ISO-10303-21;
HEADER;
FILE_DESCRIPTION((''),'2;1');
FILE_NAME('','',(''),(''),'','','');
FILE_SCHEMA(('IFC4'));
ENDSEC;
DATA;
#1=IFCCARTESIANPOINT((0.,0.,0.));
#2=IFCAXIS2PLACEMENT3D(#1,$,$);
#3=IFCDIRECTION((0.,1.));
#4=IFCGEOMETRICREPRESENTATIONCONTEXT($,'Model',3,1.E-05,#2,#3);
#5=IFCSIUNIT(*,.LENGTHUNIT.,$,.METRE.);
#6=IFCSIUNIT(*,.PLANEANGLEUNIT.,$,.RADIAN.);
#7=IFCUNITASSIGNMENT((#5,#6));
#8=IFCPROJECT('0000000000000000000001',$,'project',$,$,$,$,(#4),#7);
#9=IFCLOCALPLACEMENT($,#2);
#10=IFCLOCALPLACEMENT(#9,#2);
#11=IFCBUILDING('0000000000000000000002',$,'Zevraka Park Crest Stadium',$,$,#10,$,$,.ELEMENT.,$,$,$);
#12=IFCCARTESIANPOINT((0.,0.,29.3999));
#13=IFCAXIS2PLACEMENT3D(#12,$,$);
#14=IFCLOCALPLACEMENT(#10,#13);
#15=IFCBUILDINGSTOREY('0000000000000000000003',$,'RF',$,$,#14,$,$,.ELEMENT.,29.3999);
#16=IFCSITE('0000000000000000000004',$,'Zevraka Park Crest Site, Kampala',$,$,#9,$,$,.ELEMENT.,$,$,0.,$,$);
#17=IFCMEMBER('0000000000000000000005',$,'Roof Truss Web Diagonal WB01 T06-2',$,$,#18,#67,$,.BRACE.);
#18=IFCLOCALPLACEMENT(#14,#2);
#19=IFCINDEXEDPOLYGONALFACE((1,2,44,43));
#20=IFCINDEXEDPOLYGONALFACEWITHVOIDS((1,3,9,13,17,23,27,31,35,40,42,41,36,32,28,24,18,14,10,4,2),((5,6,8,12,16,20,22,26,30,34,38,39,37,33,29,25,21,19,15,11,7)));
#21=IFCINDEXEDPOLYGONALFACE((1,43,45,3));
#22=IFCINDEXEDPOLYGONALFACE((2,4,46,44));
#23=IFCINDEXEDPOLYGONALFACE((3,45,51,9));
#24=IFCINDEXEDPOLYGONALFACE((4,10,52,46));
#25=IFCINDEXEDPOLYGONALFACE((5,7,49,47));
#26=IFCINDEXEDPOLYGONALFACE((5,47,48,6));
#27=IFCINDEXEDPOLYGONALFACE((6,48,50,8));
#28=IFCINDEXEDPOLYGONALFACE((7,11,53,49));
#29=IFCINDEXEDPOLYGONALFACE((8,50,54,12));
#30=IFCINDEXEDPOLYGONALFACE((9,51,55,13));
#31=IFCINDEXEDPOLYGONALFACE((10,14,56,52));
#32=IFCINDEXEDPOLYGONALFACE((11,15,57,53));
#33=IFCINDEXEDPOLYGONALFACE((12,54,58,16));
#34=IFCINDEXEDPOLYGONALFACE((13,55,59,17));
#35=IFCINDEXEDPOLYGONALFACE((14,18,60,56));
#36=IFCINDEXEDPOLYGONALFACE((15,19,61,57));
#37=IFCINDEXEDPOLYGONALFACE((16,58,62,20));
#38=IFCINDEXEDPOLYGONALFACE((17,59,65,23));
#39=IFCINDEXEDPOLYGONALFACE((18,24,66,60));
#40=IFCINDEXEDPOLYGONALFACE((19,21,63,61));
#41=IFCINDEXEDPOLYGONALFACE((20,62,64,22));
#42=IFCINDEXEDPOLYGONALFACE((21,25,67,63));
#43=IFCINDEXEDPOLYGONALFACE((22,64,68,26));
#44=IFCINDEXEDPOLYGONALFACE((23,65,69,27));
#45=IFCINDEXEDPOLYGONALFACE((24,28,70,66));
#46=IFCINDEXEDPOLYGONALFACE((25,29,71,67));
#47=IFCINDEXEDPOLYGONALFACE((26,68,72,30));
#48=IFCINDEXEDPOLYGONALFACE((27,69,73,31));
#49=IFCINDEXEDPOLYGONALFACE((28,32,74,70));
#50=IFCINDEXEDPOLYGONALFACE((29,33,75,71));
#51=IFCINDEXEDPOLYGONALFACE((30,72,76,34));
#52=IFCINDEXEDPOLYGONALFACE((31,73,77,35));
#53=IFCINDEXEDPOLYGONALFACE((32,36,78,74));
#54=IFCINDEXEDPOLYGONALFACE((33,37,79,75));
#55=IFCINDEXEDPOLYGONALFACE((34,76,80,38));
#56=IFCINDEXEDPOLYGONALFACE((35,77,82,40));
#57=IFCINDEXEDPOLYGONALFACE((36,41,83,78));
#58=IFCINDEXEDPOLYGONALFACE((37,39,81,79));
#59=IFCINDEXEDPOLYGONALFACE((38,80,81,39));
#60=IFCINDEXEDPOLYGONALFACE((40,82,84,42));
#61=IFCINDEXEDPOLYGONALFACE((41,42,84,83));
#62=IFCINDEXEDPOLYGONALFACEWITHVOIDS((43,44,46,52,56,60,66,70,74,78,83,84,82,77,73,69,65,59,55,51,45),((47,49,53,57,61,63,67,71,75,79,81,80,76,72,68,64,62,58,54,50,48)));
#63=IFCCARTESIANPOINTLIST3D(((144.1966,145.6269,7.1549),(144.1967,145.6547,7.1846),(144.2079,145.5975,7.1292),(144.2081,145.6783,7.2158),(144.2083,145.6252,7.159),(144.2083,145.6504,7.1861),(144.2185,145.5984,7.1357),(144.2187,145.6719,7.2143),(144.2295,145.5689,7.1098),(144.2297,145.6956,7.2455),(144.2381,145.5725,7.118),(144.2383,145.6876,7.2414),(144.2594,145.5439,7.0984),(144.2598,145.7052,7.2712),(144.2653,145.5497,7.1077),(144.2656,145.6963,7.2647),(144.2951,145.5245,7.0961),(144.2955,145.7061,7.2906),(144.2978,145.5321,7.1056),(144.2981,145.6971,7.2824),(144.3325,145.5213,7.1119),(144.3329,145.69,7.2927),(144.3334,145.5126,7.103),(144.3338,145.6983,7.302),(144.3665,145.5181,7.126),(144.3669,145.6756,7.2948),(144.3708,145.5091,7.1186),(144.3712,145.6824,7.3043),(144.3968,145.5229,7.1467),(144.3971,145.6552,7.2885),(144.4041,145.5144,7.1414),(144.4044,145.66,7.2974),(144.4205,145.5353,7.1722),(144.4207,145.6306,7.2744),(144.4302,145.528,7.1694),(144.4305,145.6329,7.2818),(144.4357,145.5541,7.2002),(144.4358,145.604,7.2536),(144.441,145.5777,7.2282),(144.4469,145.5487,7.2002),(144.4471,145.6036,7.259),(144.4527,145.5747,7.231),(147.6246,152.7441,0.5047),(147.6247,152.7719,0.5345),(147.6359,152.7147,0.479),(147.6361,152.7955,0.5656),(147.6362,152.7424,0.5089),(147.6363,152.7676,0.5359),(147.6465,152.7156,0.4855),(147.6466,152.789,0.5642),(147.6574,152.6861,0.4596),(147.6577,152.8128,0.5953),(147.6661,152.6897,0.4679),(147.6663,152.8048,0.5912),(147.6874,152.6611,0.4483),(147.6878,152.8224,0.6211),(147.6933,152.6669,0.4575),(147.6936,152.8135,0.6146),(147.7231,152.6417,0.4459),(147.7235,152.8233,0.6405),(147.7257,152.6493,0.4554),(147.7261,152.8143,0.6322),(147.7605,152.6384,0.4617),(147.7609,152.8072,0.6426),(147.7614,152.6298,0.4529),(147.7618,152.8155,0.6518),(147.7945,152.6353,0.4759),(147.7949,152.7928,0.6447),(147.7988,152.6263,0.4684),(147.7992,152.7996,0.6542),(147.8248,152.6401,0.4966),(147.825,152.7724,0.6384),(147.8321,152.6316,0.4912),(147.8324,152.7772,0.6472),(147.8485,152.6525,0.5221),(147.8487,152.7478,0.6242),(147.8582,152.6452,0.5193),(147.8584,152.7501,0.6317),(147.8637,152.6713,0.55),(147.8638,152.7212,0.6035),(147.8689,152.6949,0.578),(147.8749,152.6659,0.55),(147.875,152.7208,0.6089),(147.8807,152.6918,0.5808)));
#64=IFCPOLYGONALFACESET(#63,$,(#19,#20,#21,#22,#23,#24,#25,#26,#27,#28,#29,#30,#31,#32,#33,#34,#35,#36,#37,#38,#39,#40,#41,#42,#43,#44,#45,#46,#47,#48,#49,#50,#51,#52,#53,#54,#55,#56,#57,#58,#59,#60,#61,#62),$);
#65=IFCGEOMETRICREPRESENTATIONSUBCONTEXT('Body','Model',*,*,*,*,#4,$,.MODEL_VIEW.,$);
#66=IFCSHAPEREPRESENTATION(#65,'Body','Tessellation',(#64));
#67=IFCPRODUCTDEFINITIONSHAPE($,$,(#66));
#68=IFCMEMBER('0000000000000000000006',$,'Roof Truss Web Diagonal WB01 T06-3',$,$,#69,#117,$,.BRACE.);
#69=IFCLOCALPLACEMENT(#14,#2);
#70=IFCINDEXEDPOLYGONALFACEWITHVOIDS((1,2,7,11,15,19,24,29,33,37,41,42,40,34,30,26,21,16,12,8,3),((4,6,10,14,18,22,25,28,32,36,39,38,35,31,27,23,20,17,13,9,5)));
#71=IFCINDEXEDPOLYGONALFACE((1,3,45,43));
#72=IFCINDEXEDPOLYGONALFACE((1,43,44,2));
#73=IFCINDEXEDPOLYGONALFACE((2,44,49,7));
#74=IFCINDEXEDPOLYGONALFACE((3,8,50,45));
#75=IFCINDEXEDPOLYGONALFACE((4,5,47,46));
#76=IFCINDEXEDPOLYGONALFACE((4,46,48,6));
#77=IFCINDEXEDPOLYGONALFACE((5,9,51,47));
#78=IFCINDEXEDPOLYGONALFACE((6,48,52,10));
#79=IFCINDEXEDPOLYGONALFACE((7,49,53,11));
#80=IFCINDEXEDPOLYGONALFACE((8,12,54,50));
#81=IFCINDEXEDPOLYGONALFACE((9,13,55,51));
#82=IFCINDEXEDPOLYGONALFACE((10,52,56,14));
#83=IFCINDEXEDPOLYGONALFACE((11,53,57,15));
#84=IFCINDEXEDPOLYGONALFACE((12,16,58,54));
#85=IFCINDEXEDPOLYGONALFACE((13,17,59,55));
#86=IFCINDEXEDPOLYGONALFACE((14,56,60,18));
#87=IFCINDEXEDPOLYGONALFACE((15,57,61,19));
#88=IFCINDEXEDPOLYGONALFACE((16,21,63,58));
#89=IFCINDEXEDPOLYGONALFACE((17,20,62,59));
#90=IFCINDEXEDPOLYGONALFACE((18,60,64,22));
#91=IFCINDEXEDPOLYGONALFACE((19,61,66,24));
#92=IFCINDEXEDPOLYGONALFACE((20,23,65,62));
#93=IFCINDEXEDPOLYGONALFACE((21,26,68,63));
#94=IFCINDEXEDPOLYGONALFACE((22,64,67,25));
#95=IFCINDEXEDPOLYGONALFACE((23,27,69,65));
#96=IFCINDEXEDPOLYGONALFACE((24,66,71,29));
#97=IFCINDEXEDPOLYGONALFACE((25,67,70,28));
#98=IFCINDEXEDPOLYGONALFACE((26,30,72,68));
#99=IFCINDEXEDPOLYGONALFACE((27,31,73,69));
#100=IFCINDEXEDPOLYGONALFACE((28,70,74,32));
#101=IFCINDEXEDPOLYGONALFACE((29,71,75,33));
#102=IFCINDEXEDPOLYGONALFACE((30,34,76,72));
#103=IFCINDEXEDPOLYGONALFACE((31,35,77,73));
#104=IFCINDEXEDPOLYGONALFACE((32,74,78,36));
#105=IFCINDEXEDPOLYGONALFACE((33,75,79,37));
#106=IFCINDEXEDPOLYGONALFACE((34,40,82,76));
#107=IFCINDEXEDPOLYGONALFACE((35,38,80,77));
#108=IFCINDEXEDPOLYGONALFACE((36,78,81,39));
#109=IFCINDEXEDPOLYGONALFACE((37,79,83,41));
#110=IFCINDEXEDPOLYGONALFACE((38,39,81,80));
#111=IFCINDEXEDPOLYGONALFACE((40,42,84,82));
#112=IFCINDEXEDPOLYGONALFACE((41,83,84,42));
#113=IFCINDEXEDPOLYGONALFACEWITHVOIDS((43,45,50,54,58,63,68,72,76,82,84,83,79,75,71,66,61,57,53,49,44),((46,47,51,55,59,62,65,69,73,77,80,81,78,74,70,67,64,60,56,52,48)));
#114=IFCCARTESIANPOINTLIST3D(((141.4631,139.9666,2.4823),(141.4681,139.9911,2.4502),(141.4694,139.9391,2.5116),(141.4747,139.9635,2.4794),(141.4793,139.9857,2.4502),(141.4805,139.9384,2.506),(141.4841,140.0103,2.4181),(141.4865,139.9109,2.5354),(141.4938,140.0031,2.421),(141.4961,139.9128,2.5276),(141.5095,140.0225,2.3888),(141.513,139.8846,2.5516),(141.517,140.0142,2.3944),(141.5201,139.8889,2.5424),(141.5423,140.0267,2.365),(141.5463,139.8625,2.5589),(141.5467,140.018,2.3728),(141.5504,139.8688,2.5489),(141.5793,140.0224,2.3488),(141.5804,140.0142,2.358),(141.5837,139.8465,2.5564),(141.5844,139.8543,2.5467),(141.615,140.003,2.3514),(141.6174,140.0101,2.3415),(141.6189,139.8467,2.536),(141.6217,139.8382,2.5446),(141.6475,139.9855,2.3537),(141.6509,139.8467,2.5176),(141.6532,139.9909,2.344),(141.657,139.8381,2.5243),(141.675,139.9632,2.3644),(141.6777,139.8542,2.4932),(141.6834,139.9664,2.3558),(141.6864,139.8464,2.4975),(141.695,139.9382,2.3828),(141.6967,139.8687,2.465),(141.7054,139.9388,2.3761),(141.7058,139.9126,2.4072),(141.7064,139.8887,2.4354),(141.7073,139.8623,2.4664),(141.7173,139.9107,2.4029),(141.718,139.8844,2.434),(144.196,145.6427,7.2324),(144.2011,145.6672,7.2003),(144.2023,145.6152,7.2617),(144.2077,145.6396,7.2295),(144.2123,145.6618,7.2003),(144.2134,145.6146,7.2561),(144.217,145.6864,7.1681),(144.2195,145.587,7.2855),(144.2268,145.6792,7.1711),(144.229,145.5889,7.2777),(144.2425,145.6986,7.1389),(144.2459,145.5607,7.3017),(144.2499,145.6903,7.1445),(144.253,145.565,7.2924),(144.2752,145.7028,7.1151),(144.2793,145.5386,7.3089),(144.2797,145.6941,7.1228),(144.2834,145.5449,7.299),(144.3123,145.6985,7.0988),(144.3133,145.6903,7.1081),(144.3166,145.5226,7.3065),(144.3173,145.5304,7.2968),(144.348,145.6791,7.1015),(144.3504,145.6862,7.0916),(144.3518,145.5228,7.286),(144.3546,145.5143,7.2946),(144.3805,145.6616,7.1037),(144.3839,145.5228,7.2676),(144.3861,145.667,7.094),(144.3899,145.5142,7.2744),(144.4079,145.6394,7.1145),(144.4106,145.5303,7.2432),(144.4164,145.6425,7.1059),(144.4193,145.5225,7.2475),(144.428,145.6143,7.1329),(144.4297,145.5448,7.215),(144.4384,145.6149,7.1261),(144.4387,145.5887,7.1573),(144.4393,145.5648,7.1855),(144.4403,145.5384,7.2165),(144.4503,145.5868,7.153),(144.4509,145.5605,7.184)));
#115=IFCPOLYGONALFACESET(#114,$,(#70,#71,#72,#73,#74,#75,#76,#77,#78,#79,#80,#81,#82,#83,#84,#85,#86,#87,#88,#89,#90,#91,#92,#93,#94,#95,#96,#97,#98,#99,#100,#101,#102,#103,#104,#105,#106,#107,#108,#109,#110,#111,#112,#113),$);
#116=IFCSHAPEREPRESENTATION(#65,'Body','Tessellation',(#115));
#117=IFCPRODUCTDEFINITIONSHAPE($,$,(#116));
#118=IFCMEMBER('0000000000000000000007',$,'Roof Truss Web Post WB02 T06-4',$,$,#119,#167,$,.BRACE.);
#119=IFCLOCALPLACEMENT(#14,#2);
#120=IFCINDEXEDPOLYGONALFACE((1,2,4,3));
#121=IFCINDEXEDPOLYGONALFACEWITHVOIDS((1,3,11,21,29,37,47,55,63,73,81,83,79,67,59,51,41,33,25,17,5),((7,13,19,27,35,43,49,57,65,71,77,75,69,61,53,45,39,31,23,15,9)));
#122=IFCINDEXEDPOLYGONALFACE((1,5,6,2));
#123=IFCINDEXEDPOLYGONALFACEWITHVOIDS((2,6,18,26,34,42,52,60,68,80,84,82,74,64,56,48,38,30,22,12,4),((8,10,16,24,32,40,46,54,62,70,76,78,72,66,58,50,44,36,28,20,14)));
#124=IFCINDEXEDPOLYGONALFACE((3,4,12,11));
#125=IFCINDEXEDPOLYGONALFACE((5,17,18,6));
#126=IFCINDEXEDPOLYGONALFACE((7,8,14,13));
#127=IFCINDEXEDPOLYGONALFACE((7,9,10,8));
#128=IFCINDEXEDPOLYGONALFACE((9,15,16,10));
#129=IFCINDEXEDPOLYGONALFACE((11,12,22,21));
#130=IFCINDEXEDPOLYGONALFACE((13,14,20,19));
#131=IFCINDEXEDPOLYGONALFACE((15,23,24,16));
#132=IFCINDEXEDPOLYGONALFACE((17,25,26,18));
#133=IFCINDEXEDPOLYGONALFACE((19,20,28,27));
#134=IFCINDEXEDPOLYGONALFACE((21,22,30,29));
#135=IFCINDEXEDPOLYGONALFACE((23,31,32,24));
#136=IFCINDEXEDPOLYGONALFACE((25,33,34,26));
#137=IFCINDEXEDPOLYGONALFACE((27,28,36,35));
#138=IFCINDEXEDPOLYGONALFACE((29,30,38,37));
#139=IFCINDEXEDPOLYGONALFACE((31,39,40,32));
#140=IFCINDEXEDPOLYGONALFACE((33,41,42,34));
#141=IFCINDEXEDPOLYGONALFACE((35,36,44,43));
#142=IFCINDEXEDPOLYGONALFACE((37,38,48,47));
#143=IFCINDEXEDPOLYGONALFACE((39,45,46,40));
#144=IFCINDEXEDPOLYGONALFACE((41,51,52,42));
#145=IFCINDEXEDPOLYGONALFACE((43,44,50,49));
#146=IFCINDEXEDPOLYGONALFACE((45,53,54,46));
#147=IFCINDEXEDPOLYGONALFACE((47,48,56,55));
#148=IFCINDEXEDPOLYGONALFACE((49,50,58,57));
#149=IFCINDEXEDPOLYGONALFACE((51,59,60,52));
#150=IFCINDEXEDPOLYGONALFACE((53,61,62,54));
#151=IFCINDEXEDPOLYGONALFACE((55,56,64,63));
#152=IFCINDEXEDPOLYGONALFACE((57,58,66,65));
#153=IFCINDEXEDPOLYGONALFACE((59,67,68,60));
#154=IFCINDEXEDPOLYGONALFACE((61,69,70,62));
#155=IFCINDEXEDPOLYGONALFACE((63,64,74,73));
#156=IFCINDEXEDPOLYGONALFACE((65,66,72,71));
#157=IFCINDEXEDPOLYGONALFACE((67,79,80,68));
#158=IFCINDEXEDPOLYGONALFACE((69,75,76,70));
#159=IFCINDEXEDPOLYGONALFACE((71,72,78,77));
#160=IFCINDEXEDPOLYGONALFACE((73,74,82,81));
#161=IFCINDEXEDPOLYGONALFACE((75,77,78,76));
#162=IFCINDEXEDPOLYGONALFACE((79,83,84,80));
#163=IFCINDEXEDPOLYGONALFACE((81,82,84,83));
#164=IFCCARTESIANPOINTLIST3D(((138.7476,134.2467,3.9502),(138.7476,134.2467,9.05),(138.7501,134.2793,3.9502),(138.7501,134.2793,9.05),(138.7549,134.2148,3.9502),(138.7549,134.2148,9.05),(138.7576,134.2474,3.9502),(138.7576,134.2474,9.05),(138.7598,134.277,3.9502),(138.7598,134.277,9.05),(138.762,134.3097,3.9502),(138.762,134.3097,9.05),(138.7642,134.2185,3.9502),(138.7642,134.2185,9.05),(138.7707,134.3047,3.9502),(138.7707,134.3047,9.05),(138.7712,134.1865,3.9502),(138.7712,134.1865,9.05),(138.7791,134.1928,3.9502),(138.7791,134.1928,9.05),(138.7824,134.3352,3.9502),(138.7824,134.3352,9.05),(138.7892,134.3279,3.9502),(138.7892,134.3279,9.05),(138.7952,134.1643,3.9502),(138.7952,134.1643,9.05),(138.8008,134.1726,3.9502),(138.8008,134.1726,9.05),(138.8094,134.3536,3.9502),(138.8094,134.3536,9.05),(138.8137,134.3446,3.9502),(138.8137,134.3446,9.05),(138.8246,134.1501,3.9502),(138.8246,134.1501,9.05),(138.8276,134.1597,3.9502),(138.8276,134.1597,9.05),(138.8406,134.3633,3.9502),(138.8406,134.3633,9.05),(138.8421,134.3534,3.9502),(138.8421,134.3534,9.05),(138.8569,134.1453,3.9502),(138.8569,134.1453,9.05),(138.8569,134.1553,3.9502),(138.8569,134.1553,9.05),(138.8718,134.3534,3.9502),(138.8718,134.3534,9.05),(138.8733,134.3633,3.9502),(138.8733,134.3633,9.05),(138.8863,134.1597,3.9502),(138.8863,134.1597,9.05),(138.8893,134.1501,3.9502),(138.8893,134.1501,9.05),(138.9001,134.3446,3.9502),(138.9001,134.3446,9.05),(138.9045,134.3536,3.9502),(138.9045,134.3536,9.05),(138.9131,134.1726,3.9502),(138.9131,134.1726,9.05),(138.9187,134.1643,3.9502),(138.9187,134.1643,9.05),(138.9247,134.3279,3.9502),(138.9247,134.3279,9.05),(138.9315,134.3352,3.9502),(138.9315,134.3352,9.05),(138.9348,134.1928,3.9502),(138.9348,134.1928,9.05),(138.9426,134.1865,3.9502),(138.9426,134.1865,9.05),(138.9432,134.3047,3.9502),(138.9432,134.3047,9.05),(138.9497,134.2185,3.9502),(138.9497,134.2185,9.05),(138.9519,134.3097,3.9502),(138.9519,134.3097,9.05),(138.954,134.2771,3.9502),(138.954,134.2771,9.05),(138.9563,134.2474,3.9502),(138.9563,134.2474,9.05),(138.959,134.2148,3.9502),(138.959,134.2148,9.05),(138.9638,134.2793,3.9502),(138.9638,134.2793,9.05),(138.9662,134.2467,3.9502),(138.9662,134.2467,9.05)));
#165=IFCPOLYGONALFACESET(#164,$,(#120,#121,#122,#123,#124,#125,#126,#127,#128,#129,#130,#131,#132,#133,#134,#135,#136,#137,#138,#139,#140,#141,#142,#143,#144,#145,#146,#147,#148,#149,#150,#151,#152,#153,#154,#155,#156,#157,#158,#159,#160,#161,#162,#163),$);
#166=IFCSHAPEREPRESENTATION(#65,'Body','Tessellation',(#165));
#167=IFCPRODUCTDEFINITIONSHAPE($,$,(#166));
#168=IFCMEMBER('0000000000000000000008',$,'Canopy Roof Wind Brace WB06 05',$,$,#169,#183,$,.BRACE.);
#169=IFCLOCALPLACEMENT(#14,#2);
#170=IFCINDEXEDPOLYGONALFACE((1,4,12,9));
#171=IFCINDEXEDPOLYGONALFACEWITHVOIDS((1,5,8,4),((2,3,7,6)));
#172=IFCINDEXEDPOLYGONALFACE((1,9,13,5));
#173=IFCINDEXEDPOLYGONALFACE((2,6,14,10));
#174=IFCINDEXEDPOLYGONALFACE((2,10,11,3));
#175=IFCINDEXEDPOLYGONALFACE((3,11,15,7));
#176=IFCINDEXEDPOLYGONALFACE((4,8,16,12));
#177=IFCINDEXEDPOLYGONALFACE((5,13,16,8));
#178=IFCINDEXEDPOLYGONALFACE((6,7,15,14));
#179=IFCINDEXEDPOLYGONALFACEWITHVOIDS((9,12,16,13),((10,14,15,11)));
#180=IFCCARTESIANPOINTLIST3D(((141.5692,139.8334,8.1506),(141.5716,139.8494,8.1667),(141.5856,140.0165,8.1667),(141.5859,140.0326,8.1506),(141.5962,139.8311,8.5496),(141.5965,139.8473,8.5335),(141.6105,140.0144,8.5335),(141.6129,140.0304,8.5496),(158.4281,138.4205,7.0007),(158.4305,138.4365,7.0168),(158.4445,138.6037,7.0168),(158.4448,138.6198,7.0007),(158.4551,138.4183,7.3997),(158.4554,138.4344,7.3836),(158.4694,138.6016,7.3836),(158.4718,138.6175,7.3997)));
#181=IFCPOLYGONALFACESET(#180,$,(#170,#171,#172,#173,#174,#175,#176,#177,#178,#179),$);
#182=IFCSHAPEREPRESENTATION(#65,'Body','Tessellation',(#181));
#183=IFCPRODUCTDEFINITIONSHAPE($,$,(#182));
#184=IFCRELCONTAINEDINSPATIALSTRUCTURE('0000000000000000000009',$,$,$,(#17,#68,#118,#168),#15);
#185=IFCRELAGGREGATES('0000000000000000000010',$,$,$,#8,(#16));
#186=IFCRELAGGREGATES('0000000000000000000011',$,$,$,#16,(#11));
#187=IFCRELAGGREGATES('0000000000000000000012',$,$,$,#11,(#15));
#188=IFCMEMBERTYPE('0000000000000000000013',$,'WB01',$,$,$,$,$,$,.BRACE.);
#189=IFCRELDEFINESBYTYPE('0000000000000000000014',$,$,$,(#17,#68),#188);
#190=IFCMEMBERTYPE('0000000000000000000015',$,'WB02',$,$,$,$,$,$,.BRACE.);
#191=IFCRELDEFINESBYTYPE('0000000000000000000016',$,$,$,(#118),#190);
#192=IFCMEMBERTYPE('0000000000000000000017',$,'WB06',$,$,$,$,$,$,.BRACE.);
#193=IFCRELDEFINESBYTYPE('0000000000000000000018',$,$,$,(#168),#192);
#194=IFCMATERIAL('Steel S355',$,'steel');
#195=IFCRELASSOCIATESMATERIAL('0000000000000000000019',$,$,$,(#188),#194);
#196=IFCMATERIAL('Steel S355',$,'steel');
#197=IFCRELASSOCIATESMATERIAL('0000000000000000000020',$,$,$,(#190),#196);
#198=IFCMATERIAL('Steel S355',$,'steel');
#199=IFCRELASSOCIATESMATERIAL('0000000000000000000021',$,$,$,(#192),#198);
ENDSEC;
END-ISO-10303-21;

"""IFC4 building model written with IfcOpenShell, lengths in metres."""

from ifc_helpers import new_model, si_unit, direction, frame, origin, origin_2d, place, context, subcontext, project, spatial, hollow_rectangle, hollow_circle, extrude, material, material_profile, profile_set, type_object, element, save


model = new_model("IFC4")

# Units and contexts
model_context = context("Model", 3, precision=1e-05, world=origin(), true_north=direction((0.0, 1.0)))
body_context = subcontext(model_context, "Body", "Model", "MODEL_VIEW")
ifc_project = project(units=[si_unit("LENGTHUNIT", "METRE"), si_unit("PLANEANGLEUNIT", "RADIAN")], contexts=[model_context])

# Site, building, storey
site_placement = place(None, origin())
site = spatial("IfcSite", under=ifc_project, at=site_placement, Name="Zevraka Park Crest Site, Kampala", CompositionType="ELEMENT", RefElevation=0.0)
building_placement = place(site_placement, origin())
building = spatial("IfcBuilding", under=site, at=building_placement, Name="Zevraka Park Crest Stadium", CompositionType="ELEMENT")
storey_placement = place(building_placement, frame((0.0, 0.0, 29.3999)))
storey = spatial("IfcBuildingStorey", under=building, at=storey_placement, Name="RF", CompositionType="ELEMENT", Elevation=29.3999)

# Members
ifc_material_1 = material(Name="Steel S355", Category="steel")
ifc_material_profile_1 = material_profile(ifc_material_1, hollow_circle(Radius=0.1365, WallThickness=0.0125, at=origin_2d()), Name="CHS 273.0x12.5")
ifc_profile_set_1 = profile_set([ifc_material_profile_1], Name="Steel S355")
member_type_1 = type_object("IfcMemberType", Name="WB01", PredefinedType="BRACE", material=ifc_profile_set_1)
member_1_placement = place(storey_placement, frame((147.752, 152.7251, 0.55), z_axis=(-0.33197, -0.689238, 0.644009), x_axis=(0.900943, -0.433937, 0.0)))
element("IfcMember", 1, at=member_1_placement, inside=storey, type_object=member_type_1, Name="Roof Truss Web Diagonal WB01 T06-2", PredefinedType="BRACE", context=body_context, shape_type="SweptSolid", body=[
    extrude(hollow_circle(Radius=0.1365, WallThickness=0.0125, at=origin_2d()), origin(), (0.0, 0.0, 1.0), 10.3262),
])
member_2_placement = place(storey_placement, frame((141.5911, 139.9319, 2.4502), z_axis=(0.346386, 0.719415, 0.602045), x_axis=(-0.901001, 0.433817, 0.0)))
element("IfcMember", 2, at=member_2_placement, inside=storey, type_object=member_type_1, Name="Roof Truss Web Diagonal WB01 T06-3", PredefinedType="BRACE", context=body_context, shape_type="SweptSolid", body=[
    extrude(hollow_circle(Radius=0.1365, WallThickness=0.0125, at=origin_2d()), origin(), (0.0, 0.0, 1.0), 7.8899),
])
ifc_material_2 = material(Name="Steel S355", Category="steel")
ifc_material_profile_2 = material_profile(ifc_material_2, hollow_circle(Radius=0.1096, WallThickness=0.01, at=origin_2d()), Name="CHS 219.1x10")
ifc_profile_set_2 = profile_set([ifc_material_profile_2], Name="Steel S355")
member_type_2 = type_object("IfcMemberType", Name="WB02", PredefinedType="BRACE", material=ifc_profile_set_2)
member_3_placement = place(storey_placement, frame((138.8569, 134.2549, 3.9502), z_axis=(0.0, 0.0, 1.0), x_axis=(0.433816, 0.901001, 0.0)))
element("IfcMember", 3, at=member_3_placement, inside=storey, type_object=member_type_2, Name="Roof Truss Web Post WB02 T06-4", PredefinedType="BRACE", context=body_context, shape_type="SweptSolid", body=[
    extrude(hollow_circle(Radius=0.1096, WallThickness=0.01, at=origin_2d()), origin(), (0.0, 0.0, 1.0), 5.0999),
])
ifc_material_3 = material(Name="Steel S355", Category="steel")
ifc_material_profile_3 = material_profile(ifc_material_3, hollow_rectangle(XDim=0.2, YDim=0.3999, WallThickness=0.0161, at=origin_2d()), Name="RHS 400x200x16")
ifc_profile_set_3 = profile_set([ifc_material_profile_3], Name="Steel S355")
member_type_3 = type_object("IfcMemberType", Name="WB06", PredefinedType="BRACE", material=ifc_profile_set_3)
member_4_placement = place(storey_placement, frame((158.45, 138.519, 7.2002), z_axis=(-0.994213, 0.083319, 0.067813), x_axis=(-0.083511, -0.996507, 0.0)))
element("IfcMember", 4, at=member_4_placement, inside=storey, type_object=member_type_3, Name="Canopy Roof Wind Brace WB06 05", PredefinedType="BRACE", context=body_context, shape_type="SweptSolid", body=[
    extrude(hollow_rectangle(XDim=0.2, YDim=0.3999, WallThickness=0.0161, at=origin_2d()), origin(), (0.0, 0.0, 1.0), 16.957),
])

save(model, "model.ifc")
